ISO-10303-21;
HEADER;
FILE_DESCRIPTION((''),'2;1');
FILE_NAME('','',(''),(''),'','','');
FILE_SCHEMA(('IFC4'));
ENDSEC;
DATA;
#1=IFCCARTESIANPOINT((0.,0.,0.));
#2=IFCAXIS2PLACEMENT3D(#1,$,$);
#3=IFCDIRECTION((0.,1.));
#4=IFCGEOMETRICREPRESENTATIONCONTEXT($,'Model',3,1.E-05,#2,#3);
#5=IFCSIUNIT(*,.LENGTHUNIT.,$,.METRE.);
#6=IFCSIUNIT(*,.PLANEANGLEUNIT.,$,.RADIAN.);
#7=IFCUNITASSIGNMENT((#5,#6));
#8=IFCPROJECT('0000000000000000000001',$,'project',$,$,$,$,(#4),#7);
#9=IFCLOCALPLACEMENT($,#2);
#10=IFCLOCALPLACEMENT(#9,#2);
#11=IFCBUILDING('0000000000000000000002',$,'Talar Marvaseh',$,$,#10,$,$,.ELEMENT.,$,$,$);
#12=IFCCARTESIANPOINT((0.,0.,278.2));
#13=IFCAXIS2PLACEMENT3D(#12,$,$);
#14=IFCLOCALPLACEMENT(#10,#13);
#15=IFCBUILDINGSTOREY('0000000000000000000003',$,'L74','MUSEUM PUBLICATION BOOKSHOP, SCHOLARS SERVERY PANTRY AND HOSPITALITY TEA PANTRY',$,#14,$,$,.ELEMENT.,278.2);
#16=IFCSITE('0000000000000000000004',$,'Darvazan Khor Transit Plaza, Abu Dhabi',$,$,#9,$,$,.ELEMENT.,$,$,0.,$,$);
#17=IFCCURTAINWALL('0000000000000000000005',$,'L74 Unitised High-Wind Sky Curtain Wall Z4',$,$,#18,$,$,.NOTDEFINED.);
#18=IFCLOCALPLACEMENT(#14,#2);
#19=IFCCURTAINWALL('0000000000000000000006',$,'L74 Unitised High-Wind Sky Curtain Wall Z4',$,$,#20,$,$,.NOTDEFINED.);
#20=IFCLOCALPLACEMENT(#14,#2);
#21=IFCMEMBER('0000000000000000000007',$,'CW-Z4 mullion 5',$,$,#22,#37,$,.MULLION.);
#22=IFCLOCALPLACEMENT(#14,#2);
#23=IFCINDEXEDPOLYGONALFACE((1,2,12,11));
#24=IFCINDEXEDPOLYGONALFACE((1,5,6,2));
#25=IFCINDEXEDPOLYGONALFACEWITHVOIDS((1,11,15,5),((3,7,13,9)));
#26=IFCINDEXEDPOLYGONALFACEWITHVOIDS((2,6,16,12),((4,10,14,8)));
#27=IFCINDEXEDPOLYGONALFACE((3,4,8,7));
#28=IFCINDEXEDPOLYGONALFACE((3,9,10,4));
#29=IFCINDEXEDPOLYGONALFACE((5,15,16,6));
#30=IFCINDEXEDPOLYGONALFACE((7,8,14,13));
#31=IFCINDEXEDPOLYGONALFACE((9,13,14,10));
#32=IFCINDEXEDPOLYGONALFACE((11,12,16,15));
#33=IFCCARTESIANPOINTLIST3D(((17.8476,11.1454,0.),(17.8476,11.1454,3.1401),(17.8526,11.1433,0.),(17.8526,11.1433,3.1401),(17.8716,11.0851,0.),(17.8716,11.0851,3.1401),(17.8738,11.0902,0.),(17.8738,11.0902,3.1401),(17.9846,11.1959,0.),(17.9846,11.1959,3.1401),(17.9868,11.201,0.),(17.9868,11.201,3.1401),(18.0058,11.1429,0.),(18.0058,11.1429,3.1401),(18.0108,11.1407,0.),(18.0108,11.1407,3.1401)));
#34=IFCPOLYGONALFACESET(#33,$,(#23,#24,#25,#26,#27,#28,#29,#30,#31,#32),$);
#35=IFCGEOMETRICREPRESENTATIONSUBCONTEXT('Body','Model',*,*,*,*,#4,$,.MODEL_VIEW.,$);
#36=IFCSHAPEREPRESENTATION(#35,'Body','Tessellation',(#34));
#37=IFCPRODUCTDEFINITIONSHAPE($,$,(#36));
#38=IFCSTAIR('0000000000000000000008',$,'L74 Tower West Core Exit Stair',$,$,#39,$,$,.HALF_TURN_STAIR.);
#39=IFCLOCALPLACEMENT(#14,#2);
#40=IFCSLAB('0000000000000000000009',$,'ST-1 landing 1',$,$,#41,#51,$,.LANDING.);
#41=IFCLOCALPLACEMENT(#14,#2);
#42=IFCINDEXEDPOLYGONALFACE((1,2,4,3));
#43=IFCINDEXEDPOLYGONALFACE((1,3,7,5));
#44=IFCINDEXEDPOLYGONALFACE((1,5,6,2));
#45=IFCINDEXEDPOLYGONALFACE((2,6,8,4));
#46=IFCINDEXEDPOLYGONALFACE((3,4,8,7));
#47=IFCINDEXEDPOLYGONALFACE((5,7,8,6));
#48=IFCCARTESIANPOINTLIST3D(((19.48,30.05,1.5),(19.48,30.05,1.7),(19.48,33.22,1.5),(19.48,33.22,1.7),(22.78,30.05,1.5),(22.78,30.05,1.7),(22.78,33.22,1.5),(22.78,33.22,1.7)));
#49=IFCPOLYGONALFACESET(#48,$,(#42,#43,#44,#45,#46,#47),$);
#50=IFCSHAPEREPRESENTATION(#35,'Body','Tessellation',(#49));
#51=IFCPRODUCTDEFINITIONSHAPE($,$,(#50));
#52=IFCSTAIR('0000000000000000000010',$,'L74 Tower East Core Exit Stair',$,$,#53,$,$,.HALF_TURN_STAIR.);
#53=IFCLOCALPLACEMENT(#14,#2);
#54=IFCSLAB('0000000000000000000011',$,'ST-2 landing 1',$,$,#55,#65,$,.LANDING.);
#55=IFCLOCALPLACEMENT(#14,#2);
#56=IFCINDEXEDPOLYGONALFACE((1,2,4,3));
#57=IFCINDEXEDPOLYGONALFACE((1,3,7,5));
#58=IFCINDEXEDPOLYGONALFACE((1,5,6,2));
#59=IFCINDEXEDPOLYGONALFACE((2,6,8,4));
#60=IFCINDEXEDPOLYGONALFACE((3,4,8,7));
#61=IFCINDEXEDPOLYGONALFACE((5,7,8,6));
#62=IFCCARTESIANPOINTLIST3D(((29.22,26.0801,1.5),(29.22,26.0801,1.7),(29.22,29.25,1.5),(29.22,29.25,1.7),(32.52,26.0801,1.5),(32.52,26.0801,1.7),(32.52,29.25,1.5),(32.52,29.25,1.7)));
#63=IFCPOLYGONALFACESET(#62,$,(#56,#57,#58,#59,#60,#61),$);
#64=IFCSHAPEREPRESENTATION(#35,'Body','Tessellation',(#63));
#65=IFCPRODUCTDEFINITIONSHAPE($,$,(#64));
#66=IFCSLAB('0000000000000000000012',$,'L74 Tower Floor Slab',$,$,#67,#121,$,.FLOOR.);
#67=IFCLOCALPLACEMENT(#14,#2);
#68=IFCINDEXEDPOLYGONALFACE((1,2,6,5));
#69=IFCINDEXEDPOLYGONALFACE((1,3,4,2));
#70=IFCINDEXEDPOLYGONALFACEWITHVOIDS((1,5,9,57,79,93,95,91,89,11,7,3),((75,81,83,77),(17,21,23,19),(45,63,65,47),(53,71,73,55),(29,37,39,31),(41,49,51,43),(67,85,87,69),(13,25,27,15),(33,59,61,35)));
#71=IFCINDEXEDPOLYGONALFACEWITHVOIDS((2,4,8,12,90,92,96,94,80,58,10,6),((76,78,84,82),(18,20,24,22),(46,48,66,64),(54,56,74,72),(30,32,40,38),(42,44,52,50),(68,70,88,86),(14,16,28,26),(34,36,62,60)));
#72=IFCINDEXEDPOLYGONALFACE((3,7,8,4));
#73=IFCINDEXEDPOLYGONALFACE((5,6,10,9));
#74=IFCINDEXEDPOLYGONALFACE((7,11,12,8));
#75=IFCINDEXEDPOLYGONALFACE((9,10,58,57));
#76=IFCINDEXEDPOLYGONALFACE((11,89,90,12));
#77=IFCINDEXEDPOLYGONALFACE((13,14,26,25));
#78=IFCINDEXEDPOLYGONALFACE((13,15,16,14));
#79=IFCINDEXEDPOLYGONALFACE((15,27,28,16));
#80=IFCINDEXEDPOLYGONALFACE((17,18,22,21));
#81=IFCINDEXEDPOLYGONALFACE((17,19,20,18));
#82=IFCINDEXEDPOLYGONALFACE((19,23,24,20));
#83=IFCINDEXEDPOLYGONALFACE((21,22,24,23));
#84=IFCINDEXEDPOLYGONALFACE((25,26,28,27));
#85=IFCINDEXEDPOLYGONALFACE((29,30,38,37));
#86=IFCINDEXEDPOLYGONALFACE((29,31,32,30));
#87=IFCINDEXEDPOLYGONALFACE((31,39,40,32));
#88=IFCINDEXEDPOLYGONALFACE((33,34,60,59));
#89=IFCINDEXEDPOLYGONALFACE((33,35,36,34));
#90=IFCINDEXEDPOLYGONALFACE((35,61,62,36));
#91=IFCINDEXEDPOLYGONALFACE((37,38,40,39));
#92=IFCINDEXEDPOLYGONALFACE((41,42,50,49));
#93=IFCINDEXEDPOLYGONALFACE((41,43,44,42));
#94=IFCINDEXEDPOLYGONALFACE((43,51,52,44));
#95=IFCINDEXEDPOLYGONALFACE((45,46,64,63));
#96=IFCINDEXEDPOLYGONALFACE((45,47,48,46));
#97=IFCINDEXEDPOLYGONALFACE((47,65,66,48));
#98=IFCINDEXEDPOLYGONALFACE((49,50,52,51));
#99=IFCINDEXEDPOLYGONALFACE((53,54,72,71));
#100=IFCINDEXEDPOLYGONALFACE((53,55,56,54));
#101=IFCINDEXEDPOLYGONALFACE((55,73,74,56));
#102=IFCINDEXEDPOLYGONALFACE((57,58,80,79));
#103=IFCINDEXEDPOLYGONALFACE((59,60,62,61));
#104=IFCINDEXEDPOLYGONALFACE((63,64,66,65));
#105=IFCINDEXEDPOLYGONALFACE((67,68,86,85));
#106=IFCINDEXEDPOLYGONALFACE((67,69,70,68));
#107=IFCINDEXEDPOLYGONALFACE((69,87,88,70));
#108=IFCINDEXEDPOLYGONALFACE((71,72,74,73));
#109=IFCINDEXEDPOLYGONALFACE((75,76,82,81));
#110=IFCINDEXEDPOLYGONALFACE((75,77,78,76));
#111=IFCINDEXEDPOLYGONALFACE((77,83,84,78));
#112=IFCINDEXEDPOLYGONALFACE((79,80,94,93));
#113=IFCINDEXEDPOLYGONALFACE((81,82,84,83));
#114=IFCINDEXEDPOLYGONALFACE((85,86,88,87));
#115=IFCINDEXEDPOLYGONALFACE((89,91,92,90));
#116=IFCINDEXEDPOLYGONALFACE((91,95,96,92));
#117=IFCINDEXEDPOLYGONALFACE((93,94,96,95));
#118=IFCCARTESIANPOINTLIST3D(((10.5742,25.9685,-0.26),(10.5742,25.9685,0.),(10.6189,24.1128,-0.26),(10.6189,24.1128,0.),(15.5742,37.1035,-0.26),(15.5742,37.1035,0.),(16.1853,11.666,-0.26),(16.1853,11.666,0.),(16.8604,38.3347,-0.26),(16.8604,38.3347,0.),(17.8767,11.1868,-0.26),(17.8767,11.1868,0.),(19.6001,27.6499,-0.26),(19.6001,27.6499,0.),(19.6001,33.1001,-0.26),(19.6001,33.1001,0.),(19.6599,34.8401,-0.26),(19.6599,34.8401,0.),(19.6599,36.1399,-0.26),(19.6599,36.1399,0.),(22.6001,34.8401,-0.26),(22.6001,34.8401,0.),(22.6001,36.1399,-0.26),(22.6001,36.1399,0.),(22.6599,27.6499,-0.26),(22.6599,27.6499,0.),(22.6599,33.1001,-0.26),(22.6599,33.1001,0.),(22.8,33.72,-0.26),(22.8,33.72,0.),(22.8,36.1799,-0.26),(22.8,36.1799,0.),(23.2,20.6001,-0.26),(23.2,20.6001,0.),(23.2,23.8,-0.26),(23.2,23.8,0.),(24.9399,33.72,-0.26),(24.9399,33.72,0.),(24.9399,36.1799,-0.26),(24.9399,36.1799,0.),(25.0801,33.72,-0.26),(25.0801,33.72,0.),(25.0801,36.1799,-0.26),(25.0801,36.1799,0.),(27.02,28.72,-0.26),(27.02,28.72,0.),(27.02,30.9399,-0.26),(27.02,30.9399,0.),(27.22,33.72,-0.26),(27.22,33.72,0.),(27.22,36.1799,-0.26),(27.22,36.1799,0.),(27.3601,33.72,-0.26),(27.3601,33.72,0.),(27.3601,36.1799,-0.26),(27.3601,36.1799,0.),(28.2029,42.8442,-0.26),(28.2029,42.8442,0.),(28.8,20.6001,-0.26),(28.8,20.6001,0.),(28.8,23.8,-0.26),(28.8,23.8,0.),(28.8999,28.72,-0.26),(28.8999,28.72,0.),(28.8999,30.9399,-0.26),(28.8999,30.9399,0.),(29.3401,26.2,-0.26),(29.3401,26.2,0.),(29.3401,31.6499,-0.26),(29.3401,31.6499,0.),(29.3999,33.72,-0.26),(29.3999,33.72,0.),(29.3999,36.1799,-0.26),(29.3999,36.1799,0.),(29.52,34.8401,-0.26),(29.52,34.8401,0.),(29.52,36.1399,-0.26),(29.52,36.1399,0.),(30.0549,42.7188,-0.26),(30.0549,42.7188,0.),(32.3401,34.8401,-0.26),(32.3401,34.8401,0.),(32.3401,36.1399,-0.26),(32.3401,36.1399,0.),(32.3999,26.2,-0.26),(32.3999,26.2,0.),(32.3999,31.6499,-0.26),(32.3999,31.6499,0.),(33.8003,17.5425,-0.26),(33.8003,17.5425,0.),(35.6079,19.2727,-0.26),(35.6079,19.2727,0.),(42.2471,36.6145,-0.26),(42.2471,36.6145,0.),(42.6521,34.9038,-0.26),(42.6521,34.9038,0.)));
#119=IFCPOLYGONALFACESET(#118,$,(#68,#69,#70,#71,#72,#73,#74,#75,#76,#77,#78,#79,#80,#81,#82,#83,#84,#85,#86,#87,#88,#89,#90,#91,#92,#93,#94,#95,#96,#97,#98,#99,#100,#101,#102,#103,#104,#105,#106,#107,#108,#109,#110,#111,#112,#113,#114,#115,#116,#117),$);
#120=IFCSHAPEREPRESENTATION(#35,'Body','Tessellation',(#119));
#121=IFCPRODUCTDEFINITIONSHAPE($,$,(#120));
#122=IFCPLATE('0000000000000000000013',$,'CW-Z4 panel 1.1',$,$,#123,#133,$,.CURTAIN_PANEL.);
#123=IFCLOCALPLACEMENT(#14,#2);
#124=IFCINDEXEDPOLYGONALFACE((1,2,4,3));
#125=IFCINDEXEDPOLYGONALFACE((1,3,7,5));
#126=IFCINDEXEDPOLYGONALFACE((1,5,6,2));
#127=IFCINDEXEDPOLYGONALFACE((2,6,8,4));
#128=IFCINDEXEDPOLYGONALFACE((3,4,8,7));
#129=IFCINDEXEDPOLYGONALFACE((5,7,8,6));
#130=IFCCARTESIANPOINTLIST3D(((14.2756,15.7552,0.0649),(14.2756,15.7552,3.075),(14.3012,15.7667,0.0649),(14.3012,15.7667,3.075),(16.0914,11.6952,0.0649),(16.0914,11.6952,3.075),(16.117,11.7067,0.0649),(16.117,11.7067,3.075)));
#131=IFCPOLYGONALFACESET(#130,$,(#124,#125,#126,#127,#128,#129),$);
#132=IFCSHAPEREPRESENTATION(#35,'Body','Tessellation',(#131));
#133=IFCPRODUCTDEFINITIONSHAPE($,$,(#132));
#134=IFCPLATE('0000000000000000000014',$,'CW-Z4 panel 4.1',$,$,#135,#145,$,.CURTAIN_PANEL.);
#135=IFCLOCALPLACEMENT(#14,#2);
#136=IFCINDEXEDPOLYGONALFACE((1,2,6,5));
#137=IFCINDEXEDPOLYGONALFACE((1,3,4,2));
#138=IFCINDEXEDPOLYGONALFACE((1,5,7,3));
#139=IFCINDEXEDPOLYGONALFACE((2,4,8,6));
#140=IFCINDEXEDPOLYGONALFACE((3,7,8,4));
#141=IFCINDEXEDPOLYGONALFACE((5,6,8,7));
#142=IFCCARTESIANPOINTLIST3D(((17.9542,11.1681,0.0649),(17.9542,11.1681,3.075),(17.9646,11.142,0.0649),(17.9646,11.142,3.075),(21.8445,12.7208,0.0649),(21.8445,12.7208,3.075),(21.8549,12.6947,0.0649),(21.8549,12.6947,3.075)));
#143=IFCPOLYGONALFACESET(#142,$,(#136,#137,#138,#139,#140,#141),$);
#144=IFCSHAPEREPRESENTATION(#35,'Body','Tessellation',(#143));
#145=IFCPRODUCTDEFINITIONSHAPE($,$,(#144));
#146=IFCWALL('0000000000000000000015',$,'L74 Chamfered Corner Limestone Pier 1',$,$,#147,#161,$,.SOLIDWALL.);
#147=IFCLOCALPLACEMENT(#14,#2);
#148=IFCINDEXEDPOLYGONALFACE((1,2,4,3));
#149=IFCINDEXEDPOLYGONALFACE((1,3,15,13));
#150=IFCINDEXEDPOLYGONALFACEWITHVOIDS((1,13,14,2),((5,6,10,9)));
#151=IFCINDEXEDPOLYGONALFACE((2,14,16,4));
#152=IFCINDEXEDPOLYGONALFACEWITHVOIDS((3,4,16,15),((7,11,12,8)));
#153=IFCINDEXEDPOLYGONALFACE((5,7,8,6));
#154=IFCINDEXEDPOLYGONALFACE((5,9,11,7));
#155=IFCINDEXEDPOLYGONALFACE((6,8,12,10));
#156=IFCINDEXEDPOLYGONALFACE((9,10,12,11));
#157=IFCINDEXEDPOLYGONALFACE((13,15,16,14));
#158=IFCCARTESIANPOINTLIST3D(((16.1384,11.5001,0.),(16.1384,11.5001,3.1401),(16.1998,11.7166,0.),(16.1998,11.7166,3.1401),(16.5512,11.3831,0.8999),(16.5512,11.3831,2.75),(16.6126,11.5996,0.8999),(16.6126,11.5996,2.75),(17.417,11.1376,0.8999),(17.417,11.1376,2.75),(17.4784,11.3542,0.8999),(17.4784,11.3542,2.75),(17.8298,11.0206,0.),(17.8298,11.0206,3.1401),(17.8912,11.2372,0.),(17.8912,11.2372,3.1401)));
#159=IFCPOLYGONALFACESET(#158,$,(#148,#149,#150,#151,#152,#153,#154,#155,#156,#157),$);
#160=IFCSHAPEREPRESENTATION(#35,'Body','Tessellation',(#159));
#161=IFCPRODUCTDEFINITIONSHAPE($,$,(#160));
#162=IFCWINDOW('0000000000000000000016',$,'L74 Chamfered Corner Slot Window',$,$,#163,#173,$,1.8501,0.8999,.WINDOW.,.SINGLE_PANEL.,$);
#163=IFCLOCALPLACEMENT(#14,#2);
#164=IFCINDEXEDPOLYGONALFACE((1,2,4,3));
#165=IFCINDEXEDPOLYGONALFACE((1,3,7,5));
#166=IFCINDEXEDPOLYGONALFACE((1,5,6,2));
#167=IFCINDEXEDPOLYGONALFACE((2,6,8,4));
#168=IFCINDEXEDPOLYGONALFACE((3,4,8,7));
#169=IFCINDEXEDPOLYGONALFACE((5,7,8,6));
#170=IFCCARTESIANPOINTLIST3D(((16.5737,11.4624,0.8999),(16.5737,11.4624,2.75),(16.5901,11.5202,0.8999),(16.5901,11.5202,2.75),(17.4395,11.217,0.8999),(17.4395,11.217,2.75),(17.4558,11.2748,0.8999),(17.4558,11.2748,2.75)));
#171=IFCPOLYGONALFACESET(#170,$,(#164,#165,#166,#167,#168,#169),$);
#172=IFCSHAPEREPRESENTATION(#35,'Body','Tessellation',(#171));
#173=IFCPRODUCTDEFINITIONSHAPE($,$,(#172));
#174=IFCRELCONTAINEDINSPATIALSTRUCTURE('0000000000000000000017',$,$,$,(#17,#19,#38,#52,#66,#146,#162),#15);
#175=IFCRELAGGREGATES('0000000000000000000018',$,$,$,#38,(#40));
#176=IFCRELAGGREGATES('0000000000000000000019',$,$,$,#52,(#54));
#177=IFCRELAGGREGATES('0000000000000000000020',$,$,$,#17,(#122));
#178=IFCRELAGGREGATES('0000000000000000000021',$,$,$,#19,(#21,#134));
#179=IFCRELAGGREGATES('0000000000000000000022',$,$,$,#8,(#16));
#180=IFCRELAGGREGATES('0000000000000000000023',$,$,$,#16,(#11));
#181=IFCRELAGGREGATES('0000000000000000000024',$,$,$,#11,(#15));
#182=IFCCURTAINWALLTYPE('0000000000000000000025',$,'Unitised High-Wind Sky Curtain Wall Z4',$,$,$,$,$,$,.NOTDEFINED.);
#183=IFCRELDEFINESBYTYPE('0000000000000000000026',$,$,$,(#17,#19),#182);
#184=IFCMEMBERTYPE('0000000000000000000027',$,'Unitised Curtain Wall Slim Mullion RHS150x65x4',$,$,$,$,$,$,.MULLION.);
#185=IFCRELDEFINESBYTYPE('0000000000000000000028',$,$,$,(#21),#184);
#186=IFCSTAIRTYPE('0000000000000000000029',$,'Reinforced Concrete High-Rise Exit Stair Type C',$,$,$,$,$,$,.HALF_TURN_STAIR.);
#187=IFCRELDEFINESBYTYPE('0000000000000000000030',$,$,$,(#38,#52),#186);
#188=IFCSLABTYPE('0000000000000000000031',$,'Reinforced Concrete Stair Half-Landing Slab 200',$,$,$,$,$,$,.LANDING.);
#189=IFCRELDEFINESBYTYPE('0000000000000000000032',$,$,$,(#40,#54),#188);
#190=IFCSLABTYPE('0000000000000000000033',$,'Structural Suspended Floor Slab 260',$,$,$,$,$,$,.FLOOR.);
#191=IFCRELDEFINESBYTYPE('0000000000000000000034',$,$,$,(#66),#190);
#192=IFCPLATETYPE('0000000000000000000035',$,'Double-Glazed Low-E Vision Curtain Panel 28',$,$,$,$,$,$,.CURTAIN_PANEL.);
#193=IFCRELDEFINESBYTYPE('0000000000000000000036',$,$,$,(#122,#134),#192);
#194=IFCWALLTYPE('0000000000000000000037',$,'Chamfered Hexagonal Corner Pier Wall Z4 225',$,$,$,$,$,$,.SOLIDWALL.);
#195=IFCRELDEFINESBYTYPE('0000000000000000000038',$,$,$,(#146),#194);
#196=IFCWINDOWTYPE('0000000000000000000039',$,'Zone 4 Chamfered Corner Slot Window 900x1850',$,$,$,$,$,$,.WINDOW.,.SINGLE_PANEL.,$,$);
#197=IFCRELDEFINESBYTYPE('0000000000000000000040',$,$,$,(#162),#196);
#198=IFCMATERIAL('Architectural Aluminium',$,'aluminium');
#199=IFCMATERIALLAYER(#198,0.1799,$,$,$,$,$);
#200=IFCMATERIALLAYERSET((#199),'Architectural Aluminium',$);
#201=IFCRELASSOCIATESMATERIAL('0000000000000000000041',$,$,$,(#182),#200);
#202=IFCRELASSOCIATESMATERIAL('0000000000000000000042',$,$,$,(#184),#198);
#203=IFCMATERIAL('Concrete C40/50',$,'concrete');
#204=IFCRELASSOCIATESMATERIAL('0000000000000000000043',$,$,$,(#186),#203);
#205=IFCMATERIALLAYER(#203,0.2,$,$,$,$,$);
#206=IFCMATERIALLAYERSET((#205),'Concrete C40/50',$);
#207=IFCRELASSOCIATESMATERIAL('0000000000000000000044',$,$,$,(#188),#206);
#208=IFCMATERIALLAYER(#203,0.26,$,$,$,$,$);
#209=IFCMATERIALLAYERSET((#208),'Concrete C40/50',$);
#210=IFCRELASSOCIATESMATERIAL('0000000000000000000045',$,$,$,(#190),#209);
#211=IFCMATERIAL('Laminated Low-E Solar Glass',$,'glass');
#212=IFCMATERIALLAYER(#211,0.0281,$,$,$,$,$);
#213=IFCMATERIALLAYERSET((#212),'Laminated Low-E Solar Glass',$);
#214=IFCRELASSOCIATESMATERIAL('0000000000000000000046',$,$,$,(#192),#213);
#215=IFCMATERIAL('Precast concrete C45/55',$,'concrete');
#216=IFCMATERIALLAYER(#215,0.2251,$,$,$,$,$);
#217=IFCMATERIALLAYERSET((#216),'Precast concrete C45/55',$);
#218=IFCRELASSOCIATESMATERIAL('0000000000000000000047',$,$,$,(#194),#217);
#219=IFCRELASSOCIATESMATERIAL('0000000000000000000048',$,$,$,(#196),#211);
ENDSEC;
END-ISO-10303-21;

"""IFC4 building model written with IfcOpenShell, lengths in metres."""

from ifc_helpers import new_model, si_unit, direction, frame, frame_2d, origin, origin_2d, place, context, subcontext, project, spatial, polyline, rectangle, hollow_rectangle, outline, extrude, source, transform, mapped, material, layer, layer_set, material_profile, profile_set, type_object, type_shapes, element, fill, aggregate, save


model = new_model("IFC4")

# Units and contexts
model_context = context("Model", 3, precision=1e-05, world=origin(), true_north=direction((0.0, 1.0)))
body_context = subcontext(model_context, "Body", "Model", "MODEL_VIEW")
ifc_project = project(units=[si_unit("LENGTHUNIT", "METRE"), si_unit("PLANEANGLEUNIT", "RADIAN")], contexts=[model_context])

# Site, building, storey
site_placement = place(None, origin())
site = spatial("IfcSite", under=ifc_project, at=site_placement, Name="Darvazan Khor Transit Plaza, Abu Dhabi", CompositionType="ELEMENT", RefElevation=0.0)
building_placement = place(site_placement, origin())
building = spatial("IfcBuilding", under=site, at=building_placement, Name="Talar Marvaseh", CompositionType="ELEMENT")
storey_placement = place(building_placement, frame((0.0, 0.0, 278.2)))
storey = spatial("IfcBuildingStorey", under=building, at=storey_placement, Name="L74", Description="MUSEUM PUBLICATION BOOKSHOP, SCHOLARS SERVERY PANTRY AND HOSPITALITY TEA PANTRY", CompositionType="ELEMENT", Elevation=278.2)

# Curtain wall
ifc_material_1 = material(Name="Architectural Aluminium", Category="aluminium")
ifc_layer_1 = layer(ifc_material_1, 0.1799)
ifc_layer_set_1 = layer_set([ifc_layer_1], Name="Architectural Aluminium")
curtain_wall_type = type_object("IfcCurtainWallType", Name="Unitised High-Wind Sky Curtain Wall Z4", PredefinedType="NOTDEFINED", material=ifc_layer_set_1)
curtain_wall_1_placement = place(storey_placement, origin())
curtain_wall_1 = element("IfcCurtainWall", 1, at=curtain_wall_1_placement, inside=storey, type_object=curtain_wall_type, Name="L74 Unitised High-Wind Sky Curtain Wall Z4", PredefinedType="NOTDEFINED")
ifc_material_profile_1 = material_profile(ifc_material_1, hollow_rectangle(XDim=0.0649, YDim=0.1499, WallThickness=0.0039, at=origin_2d()), Name="RHS150x65x4")
ifc_profile_set_1 = profile_set([ifc_material_profile_1], Name="Architectural Aluminium")
member_type_1 = type_object("IfcMemberType", Name="Unitised Curtain Wall Slim Mullion RHS150x65x4", PredefinedType="MULLION", material=ifc_profile_set_1)
shared_shape_1 = source(origin(), body_context, "Body", "SweptSolid", [
    extrude(hollow_rectangle(XDim=0.0649, YDim=0.1499, WallThickness=0.0039, at=origin_2d()), origin(), (0.0, 0.0, 1.0), 3.1401),
])
type_shapes(member_type_1, [shared_shape_1])

# Curtain wall, member
curtain_wall_2_placement = place(storey_placement, origin())
curtain_wall_2 = element("IfcCurtainWall", 2, at=curtain_wall_2_placement, inside=storey, type_object=curtain_wall_type, Name="L74 Unitised High-Wind Sky Curtain Wall Z4", PredefinedType="NOTDEFINED")
member_1_placement = place(storey_placement, frame((17.9292, 11.1431, 0.0), z_axis=(0.0, 0.0, 1.0), x_axis=(0.370702, -0.928752, 0.0)))
member_1 = element("IfcMember", 3, at=member_1_placement, type_object=member_type_1, Name="CW-Z4 mullion 5", PredefinedType="MULLION", context=body_context, shape_type="MappedRepresentation", body=[
    mapped(shared_shape_1, transform((0.0, 0.0, 0.0), x_axis=(1.0, 0.0, 0.0), y_axis=(0.0, 1.0, 0.0), z_axis=(0.0, 0.0, 1.0), scale=1.0)),
])

# Stairs, slabs
ifc_material_2 = material(Name="Concrete C40/50", Category="concrete")
stair_type = type_object("IfcStairType", Name="Reinforced Concrete High-Rise Exit Stair Type C", PredefinedType="HALF_TURN_STAIR", material=ifc_material_2)
stair_1_placement = place(storey_placement, origin())
stair_1 = element("IfcStair", 4, at=stair_1_placement, inside=storey, type_object=stair_type, Name="L74 Tower West Core Exit Stair", PredefinedType="HALF_TURN_STAIR")
ifc_layer_2 = layer(ifc_material_2, 0.2)
ifc_layer_set_2 = layer_set([ifc_layer_2], Name="Concrete C40/50")
slab_type_1 = type_object("IfcSlabType", Name="Reinforced Concrete Stair Half-Landing Slab 200", PredefinedType="LANDING", material=ifc_layer_set_2)
slab_1_placement = place(storey_placement, frame((0.0, 0.0, 1.5)))
slab_1 = element("IfcSlab", 5, at=slab_1_placement, type_object=slab_type_1, Name="ST-1 landing 1", PredefinedType="LANDING", context=body_context, shape_type="SweptSolid", body=[
    extrude(outline(polyline([(22.78, 30.05), (22.78, 33.22), (19.48, 33.22), (19.48, 30.05), (22.78, 30.05)])), origin(), (0.0, 0.0, 1.0), 0.2),
])
aggregate(stair_1, [slab_1])
stair_2_placement = place(storey_placement, origin())
stair_2 = element("IfcStair", 6, at=stair_2_placement, inside=storey, type_object=stair_type, Name="L74 Tower East Core Exit Stair", PredefinedType="HALF_TURN_STAIR")
slab_2_placement = place(storey_placement, frame((0.0, 0.0, 1.5)))
slab_2 = element("IfcSlab", 7, at=slab_2_placement, type_object=slab_type_1, Name="ST-2 landing 1", PredefinedType="LANDING", context=body_context, shape_type="SweptSolid", body=[
    extrude(outline(polyline([(29.22, 29.25), (29.22, 26.0801), (32.52, 26.0801), (32.52, 29.25), (29.22, 29.25)])), origin(), (0.0, 0.0, 1.0), 0.2),
])
aggregate(stair_2, [slab_2])

# Slab
ifc_layer_3 = layer(ifc_material_2, 0.26)
ifc_layer_set_3 = layer_set([ifc_layer_3], Name="Concrete C40/50")
slab_type_2 = type_object("IfcSlabType", Name="Structural Suspended Floor Slab 260", PredefinedType="FLOOR", material=ifc_layer_set_3)
slab_3_placement = place(storey_placement, frame((0.0, 0.0, -0.26)))
element("IfcSlab", 8, at=slab_3_placement, inside=storey, type_object=slab_type_2, Name="L74 Tower Floor Slab", PredefinedType="FLOOR", context=body_context, shape_type="SweptSolid", body=[
    extrude(outline(polyline([(17.8767, 11.1868), (16.1853, 11.666), (10.6189, 24.1128), (10.5742, 25.9685), (15.5742, 37.1035), (16.8604, 38.3347), (28.2029, 42.8442), (30.0549, 42.7188), (42.2471, 36.6145), (42.6521, 34.9038), (35.6079, 19.2727), (33.8003, 17.5425), (17.8767, 11.1868)]), holes=[polyline([(22.6599, 27.6499), (22.6599, 33.1001), (19.6001, 33.1001), (19.6001, 27.6499), (22.6599, 27.6499)]), polyline([(29.3401, 31.6499), (29.3401, 26.2), (32.3999, 26.2), (32.3999, 31.6499), (29.3401, 31.6499)]), polyline([(22.8, 33.72), (24.9399, 33.72), (24.9399, 36.1799), (22.8, 36.1799), (22.8, 33.72)]), polyline([(25.0801, 33.72), (27.22, 33.72), (27.22, 36.1799), (25.0801, 36.1799), (25.0801, 33.72)]), polyline([(27.3601, 33.72), (29.3999, 33.72), (29.3999, 36.1799), (27.3601, 36.1799), (27.3601, 33.72)]), polyline([(27.02, 28.72), (28.8999, 28.72), (28.8999, 30.9399), (27.02, 30.9399), (27.02, 28.72)]), polyline([(19.6599, 34.8401), (22.6001, 34.8401), (22.6001, 36.1399), (19.6599, 36.1399), (19.6599, 34.8401)]), polyline([(29.52, 34.8401), (32.3401, 34.8401), (32.3401, 36.1399), (29.52, 36.1399), (29.52, 34.8401)]), polyline([(23.2, 20.6001), (28.8, 20.6001), (28.8, 23.8), (23.2, 23.8), (23.2, 20.6001)])]), origin(), (0.0, 0.0, 1.0), 0.26),
])

# Plates
ifc_material_3 = material(Name="Laminated Low-E Solar Glass", Category="glass")
ifc_layer_4 = layer(ifc_material_3, 0.0281)
ifc_layer_set_4 = layer_set([ifc_layer_4], Name="Laminated Low-E Solar Glass")
plate_type = type_object("IfcPlateType", Name="Double-Glazed Low-E Vision Curtain Panel 28", PredefinedType="CURTAIN_PANEL", material=ifc_layer_set_4)
shared_shape_2 = source(origin(), body_context, "Body", "SweptSolid", [
    extrude(rectangle(XDim=4.4475, YDim=0.0281, at=origin_2d()), origin(), (0.0, 0.0, 1.0), 3.01),
])
plate_1_placement = place(storey_placement, frame((15.1963, 13.731, 0.0649), z_axis=(0.0, 0.0, 1.0), x_axis=(-0.408267, 0.912862, 0.0)))
plate_1 = element("IfcPlate", 9, at=plate_1_placement, type_object=plate_type, Name="CW-Z4 panel 1.1", PredefinedType="CURTAIN_PANEL", context=body_context, shape_type="MappedRepresentation", body=[
    mapped(shared_shape_2, transform((0.0, 0.0, 0.0), x_axis=(1.0, 0.0, 0.0), y_axis=(0.0, 1.0, 0.0), z_axis=(0.0, 0.0, 1.0), scale=1.0)),
])
aggregate(curtain_wall_1, [plate_1])
shared_shape_3 = source(origin(), body_context, "Body", "SweptSolid", [
    extrude(rectangle(XDim=4.1887, YDim=0.0281, at=origin_2d()), origin(), (0.0, 0.0, 1.0), 3.01),
])
type_shapes(plate_type, [shared_shape_2, shared_shape_3])
plate_2_placement = place(storey_placement, frame((19.9045, 11.9314, 0.0649), z_axis=(0.0, 0.0, 1.0), x_axis=(-0.928752, -0.370702, 0.0)))
plate_2 = element("IfcPlate", 10, at=plate_2_placement, type_object=plate_type, Name="CW-Z4 panel 4.1", PredefinedType="CURTAIN_PANEL", context=body_context, shape_type="MappedRepresentation", body=[
    mapped(shared_shape_3, transform((0.0, 0.0, 0.0), x_axis=(1.0, 0.0, 0.0), y_axis=(0.0, 1.0, 0.0), z_axis=(0.0, 0.0, 1.0), scale=1.0)),
])
aggregate(curtain_wall_2, [member_1, plate_2])

# Wall, opening, window
ifc_material_4 = material(Name="Precast concrete C45/55", Category="concrete")
ifc_layer_5 = layer(ifc_material_4, 0.2251)
ifc_layer_set_5 = layer_set([ifc_layer_5], Name="Precast concrete C45/55")
wall_type = type_object("IfcWallType", Name="Chamfered Hexagonal Corner Pier Wall Z4 225", PredefinedType="SOLIDWALL", material=ifc_layer_set_5)
wall_placement = place(storey_placement, frame((17.8604, 11.1289, 0.0), z_axis=(0.0, 0.0, 1.0), x_axis=(-0.962088, 0.27274, 0.0)))
wall = element("IfcWall", 11, at=wall_placement, inside=storey, type_object=wall_type, Name="L74 Chamfered Corner Limestone Pier 1", PredefinedType="SOLIDWALL", context=body_context, shape_type="SweptSolid", body=[
    extrude(rectangle(XDim=1.7581, YDim=0.2251, at=frame_2d((0.8789, 0.0))), origin(), (0.0, 0.0, 1.0), 3.1401),
])
opening_placement = place(wall_placement, frame((0.429, 0.0, 0.8999)))
opening = element("IfcOpeningElement", 12, at=opening_placement, cuts=wall, PredefinedType="OPENING", context=body_context, shape_type="SweptSolid", body=[
    extrude(rectangle(XDim=0.8999, YDim=1.8501, at=frame_2d((0.45, 0.925))), frame((0.0, 0.1226, 0.0), z_axis=(0.0, -1.0, 0.0), x_axis=(1.0, 0.0, 0.0)), (0.0, 0.0, 1.0), 0.2451),
])
window_type = type_object("IfcWindowType", Name="Zone 4 Chamfered Corner Slot Window 900x1850", PartitioningType="SINGLE_PANEL", PredefinedType="WINDOW", material=ifc_material_3)
shared_shape_4 = source(origin(), body_context, "Body", "SweptSolid", [
    extrude(rectangle(XDim=0.8999, YDim=1.8501, at=frame_2d((0.45, 0.925))), frame((0.0, 0.03, 0.0), z_axis=(0.0, -1.0, 0.0), x_axis=(1.0, 0.0, 0.0)), (0.0, 0.0, 1.0), 0.0601),
])
type_shapes(window_type, [shared_shape_4])
window_placement = place(opening_placement, origin())
window = element("IfcWindow", 13, at=window_placement, inside=storey, type_object=window_type, Name="L74 Chamfered Corner Slot Window", OverallHeight=1.8501, OverallWidth=0.8999, PartitioningType="SINGLE_PANEL", PredefinedType="WINDOW", context=body_context, shape_type="MappedRepresentation", body=[
    mapped(shared_shape_4, transform((0.0, 0.0, 0.0), x_axis=(1.0, 0.0, 0.0), y_axis=(0.0, 1.0, 0.0), z_axis=(0.0, 0.0, 1.0), scale=1.0)),
])
fill(opening, window)

save(model, "model.ifc")
